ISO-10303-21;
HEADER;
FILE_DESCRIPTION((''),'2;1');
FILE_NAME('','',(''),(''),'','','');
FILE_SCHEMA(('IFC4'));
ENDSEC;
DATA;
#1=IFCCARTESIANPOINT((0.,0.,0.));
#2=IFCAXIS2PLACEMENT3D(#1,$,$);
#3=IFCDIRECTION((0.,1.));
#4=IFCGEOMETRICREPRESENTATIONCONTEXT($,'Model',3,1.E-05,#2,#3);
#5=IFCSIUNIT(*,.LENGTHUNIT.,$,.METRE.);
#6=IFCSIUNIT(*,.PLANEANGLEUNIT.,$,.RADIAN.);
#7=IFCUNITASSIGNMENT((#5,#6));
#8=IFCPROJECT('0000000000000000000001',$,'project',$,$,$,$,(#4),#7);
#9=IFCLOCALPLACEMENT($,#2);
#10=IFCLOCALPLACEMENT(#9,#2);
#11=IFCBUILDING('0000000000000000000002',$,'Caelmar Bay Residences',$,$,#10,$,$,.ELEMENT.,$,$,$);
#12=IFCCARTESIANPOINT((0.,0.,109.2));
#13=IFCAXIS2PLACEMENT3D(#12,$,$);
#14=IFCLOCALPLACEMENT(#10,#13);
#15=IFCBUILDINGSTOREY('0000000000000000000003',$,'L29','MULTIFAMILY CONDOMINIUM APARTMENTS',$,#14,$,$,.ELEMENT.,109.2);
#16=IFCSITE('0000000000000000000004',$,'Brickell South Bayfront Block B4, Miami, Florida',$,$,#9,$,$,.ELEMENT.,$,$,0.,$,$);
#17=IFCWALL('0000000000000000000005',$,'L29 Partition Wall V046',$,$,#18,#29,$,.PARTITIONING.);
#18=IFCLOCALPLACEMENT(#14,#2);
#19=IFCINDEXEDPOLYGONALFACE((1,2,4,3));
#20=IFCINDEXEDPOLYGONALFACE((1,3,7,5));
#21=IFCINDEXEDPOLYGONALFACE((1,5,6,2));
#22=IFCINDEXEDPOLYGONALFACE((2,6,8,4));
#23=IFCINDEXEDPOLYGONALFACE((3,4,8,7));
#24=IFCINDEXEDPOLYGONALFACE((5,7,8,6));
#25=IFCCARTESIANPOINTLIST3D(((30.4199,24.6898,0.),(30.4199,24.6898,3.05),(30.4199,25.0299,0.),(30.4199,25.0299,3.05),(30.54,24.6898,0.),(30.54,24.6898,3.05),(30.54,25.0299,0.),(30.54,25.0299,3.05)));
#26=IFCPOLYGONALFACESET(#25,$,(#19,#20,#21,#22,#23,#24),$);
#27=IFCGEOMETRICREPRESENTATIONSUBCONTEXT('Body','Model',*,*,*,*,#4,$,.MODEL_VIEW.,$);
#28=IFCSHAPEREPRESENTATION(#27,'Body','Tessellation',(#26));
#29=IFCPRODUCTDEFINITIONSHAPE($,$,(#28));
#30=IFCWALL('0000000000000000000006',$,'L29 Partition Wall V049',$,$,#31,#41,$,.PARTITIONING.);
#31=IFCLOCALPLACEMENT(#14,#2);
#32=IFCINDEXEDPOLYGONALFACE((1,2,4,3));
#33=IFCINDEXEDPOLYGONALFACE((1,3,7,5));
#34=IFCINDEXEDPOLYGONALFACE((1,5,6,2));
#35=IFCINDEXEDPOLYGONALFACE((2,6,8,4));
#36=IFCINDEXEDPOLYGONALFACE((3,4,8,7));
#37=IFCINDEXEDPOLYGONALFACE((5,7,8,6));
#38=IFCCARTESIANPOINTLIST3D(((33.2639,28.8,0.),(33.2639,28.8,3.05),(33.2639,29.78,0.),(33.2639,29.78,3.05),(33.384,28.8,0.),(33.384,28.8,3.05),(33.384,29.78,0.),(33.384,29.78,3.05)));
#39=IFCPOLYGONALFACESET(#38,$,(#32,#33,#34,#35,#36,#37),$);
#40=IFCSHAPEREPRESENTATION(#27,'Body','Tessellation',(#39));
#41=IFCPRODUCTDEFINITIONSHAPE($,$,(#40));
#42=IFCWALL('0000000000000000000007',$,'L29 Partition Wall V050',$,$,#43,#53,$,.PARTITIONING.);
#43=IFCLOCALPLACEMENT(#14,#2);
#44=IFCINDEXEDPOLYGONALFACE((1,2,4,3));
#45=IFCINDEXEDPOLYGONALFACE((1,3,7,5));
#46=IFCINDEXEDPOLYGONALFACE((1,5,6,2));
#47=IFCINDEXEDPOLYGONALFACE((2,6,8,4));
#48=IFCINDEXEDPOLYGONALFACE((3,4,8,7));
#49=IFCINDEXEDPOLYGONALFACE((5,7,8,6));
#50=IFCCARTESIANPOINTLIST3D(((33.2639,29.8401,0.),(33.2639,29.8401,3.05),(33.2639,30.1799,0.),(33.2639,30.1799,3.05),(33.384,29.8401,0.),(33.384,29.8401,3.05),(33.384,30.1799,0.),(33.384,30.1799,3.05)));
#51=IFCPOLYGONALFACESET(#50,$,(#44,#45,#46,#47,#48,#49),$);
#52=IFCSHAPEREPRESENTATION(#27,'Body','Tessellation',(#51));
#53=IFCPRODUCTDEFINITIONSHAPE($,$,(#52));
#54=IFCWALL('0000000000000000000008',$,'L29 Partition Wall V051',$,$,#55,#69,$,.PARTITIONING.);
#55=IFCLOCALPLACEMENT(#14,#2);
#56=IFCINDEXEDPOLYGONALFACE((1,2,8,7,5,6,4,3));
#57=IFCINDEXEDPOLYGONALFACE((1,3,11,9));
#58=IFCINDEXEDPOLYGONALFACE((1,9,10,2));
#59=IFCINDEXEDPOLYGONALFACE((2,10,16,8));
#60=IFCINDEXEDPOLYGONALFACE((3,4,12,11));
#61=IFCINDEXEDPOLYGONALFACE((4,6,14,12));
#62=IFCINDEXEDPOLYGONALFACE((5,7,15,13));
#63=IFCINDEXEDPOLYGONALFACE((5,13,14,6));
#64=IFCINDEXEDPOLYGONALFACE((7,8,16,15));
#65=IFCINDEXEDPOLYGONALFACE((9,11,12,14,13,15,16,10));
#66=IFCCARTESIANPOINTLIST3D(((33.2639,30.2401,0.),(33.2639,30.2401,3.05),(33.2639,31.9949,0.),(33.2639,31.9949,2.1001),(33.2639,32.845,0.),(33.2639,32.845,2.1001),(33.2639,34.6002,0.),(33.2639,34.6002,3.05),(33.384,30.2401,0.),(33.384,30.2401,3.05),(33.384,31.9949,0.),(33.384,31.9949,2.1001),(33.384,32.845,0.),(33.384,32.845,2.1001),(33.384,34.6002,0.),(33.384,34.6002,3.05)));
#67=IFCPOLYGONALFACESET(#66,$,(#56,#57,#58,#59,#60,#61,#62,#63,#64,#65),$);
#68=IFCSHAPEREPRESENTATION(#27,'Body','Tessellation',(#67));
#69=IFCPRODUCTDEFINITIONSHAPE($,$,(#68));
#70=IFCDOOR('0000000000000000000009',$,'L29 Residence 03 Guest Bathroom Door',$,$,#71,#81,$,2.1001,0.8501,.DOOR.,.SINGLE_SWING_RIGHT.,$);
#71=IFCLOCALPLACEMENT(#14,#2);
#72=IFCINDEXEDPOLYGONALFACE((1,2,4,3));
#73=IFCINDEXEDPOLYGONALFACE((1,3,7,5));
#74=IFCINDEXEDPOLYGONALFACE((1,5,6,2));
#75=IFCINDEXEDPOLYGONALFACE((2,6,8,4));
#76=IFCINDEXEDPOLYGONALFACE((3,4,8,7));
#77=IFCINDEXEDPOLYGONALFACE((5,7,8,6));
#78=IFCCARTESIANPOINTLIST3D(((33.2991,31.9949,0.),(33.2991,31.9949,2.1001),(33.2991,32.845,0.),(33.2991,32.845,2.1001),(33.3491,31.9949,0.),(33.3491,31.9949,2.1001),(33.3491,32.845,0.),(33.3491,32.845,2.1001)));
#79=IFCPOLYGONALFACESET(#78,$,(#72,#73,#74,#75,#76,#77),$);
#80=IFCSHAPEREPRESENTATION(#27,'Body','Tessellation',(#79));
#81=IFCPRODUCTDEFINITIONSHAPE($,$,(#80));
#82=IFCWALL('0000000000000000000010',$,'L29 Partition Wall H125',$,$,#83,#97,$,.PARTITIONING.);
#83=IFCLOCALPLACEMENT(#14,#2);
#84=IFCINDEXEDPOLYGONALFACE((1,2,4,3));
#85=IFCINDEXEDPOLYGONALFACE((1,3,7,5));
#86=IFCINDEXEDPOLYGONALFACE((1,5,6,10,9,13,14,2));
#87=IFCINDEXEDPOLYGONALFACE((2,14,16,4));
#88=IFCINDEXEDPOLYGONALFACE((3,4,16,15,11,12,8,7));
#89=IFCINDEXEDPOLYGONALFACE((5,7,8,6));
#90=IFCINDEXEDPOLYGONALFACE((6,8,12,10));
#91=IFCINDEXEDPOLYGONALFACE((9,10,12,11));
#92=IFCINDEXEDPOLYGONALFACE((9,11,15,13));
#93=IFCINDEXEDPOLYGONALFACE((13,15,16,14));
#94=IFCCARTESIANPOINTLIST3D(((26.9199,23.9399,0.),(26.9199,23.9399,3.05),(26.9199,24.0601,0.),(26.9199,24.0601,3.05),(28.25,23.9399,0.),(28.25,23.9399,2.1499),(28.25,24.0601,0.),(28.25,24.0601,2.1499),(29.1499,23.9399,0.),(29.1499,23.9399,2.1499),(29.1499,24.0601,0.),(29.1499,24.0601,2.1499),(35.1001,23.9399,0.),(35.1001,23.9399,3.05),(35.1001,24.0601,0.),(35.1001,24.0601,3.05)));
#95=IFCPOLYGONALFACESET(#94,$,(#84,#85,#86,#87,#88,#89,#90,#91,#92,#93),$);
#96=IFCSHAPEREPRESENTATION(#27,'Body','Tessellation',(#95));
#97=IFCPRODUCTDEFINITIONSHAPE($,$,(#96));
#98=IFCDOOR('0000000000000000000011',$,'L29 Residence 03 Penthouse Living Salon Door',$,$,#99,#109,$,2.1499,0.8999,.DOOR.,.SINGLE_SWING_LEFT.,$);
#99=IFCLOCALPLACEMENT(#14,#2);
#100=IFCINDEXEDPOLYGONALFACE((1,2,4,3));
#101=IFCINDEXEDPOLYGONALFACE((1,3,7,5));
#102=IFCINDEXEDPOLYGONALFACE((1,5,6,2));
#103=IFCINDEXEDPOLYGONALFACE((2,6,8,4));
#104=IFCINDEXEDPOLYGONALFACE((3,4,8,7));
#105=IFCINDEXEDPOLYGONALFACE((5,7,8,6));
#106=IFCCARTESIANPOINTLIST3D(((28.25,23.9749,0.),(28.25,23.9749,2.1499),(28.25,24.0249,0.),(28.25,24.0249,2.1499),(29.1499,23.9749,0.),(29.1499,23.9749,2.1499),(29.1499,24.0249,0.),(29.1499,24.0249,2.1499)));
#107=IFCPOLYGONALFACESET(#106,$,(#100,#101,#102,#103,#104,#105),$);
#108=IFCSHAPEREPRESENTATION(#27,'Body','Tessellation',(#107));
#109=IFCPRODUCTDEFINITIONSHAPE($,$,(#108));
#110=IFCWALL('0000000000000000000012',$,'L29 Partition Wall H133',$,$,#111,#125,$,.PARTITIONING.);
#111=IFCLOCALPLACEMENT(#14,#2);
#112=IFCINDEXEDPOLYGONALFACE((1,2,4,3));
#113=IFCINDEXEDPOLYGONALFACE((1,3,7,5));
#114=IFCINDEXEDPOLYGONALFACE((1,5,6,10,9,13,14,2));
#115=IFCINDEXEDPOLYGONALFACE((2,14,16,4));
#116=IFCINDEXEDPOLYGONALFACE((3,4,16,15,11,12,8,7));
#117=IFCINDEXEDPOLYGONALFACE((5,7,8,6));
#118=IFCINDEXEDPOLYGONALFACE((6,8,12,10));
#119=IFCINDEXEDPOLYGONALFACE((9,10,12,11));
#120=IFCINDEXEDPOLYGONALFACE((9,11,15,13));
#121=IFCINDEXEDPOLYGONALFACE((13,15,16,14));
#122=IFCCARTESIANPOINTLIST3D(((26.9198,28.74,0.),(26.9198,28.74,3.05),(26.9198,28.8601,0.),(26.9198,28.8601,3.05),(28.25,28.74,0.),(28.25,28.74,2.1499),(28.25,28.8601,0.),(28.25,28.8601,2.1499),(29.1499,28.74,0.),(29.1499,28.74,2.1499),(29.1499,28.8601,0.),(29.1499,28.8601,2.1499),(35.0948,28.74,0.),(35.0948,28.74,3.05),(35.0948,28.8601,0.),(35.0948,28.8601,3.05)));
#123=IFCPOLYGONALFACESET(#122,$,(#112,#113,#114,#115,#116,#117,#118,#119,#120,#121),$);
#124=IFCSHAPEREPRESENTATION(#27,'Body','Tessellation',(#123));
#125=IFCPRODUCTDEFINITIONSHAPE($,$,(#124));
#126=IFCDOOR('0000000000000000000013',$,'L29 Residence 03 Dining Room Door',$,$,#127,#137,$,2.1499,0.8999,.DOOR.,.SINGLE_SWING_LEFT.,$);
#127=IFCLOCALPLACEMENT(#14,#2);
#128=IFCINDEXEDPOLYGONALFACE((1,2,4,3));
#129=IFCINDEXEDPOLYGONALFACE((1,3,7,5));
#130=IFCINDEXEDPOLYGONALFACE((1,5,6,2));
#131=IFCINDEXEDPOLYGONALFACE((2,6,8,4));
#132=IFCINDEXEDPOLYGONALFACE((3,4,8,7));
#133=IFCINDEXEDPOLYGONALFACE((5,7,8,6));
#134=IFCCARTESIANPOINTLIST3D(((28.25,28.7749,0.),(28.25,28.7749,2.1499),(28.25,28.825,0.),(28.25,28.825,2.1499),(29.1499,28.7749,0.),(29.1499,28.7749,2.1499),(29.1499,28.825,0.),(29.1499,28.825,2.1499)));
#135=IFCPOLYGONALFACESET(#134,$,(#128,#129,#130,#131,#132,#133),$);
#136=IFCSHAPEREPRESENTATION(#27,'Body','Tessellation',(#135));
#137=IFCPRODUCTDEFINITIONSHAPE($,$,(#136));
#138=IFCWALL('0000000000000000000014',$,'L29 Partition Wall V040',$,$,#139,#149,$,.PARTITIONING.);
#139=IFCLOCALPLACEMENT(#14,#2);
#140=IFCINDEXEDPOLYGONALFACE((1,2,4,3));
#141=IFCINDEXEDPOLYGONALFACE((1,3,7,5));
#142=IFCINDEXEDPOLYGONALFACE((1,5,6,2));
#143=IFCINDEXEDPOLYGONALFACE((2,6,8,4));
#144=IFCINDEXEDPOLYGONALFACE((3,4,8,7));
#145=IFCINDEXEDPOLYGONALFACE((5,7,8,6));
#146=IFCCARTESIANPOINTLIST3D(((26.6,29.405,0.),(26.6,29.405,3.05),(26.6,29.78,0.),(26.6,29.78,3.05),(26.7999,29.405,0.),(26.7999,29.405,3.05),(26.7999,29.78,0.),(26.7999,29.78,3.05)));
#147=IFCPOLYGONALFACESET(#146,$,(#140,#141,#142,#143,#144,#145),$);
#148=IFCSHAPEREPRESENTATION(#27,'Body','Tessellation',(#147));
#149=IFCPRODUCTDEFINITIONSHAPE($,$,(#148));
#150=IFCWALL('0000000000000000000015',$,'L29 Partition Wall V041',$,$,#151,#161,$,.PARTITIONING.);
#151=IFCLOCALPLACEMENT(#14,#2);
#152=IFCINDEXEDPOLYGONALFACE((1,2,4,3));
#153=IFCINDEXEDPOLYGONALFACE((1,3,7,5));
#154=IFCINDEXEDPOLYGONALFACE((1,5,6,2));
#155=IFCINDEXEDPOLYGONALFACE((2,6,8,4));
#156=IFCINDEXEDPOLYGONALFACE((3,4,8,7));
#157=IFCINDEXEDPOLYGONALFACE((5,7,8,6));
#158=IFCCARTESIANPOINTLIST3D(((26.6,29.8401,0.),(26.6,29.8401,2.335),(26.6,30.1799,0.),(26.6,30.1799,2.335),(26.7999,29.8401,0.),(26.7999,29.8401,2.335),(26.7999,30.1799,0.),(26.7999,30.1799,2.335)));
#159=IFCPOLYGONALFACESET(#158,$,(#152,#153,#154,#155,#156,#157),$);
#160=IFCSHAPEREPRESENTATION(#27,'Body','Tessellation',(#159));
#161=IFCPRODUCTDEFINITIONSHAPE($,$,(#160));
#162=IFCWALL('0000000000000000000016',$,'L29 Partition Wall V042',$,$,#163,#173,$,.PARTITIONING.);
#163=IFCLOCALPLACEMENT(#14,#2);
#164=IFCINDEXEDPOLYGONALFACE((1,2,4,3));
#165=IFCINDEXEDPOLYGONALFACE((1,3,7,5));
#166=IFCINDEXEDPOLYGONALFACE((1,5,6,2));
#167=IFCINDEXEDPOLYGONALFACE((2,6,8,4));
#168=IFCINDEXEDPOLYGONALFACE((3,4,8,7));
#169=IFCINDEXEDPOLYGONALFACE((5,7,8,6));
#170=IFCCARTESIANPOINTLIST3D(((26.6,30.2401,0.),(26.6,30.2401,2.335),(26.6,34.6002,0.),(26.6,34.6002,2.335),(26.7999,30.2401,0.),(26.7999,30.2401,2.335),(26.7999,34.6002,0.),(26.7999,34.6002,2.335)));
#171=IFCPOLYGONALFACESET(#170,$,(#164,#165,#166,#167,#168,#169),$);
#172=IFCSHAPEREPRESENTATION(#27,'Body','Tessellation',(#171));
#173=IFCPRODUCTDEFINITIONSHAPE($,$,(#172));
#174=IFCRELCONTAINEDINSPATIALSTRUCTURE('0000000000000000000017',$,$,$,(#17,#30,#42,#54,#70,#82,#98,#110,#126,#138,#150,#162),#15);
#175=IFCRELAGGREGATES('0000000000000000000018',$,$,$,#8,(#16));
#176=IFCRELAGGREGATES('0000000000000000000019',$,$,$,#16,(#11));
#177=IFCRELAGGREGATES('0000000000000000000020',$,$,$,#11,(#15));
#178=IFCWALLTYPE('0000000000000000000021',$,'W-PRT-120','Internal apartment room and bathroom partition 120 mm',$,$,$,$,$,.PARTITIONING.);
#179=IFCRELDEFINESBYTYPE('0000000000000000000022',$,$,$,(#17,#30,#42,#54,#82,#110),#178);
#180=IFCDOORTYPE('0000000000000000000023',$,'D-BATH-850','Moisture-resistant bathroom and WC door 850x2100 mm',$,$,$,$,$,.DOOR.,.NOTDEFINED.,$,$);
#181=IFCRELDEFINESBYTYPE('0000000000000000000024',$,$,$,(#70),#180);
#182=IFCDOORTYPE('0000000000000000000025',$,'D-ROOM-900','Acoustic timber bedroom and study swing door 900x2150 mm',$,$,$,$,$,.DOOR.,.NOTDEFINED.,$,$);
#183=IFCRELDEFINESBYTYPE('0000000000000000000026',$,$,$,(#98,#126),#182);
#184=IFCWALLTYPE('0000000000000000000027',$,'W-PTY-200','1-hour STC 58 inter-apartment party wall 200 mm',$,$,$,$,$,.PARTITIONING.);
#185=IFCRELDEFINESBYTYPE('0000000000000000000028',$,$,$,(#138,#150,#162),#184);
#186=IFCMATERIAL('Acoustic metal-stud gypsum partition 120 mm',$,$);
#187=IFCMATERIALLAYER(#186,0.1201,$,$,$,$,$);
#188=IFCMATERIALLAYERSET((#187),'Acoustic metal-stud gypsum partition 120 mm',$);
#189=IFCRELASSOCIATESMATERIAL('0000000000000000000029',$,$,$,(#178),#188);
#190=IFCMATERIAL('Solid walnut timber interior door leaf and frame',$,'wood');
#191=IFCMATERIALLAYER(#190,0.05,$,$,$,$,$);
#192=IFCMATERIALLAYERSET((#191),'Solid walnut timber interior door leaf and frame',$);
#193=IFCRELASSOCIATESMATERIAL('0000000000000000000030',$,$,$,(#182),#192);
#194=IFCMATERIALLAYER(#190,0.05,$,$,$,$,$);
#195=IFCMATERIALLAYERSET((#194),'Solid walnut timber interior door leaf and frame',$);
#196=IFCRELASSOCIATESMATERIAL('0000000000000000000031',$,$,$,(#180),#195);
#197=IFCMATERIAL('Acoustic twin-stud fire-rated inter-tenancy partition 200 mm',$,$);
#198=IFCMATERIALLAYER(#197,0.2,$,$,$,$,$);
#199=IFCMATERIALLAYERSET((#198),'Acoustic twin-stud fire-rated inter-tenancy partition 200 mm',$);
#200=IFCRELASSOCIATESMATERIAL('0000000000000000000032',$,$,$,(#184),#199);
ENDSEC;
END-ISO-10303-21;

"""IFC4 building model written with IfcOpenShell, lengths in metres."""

from ifc_helpers import new_model, si_unit, direction, frame, frame_2d, origin, place, context, subcontext, project, spatial, rectangle, extrude, material, layer, layer_set, type_object, element, fill, save


model = new_model("IFC4")

# Units and contexts
model_context = context("Model", 3, precision=1e-05, world=origin(), true_north=direction((0.0, 1.0)))
body_context = subcontext(model_context, "Body", "Model", "MODEL_VIEW")
ifc_project = project(units=[si_unit("LENGTHUNIT", "METRE"), si_unit("PLANEANGLEUNIT", "RADIAN")], contexts=[model_context])

# Site, building, storey
site_placement = place(None, origin())
site = spatial("IfcSite", under=ifc_project, at=site_placement, Name="Brickell South Bayfront Block B4, Miami, Florida", CompositionType="ELEMENT", RefElevation=0.0)
building_placement = place(site_placement, origin())
building = spatial("IfcBuilding", under=site, at=building_placement, Name="Caelmar Bay Residences", CompositionType="ELEMENT")
storey_placement = place(building_placement, frame((0.0, 0.0, 109.2)))
storey = spatial("IfcBuildingStorey", under=building, at=storey_placement, Name="L29", Description="MULTIFAMILY CONDOMINIUM APARTMENTS", CompositionType="ELEMENT", Elevation=109.2)

# Wall
ifc_material_1 = material(Name="Acoustic metal-stud gypsum partition 120 mm")
ifc_layer_1 = layer(ifc_material_1, 0.1201)
ifc_layer_set_1 = layer_set([ifc_layer_1], Name="Acoustic metal-stud gypsum partition 120 mm")
wall_type_1 = type_object("IfcWallType", Name="W-PRT-120", Description="Internal apartment room and bathroom partition 120 mm", PredefinedType="PARTITIONING", material=ifc_layer_set_1)
wall_1_placement = place(storey_placement, frame((30.48, 24.6899, 0.0), z_axis=(0.0, 0.0, 1.0), x_axis=(0.0, 1.0, 0.0)))
element("IfcWall", 1, at=wall_1_placement, inside=storey, type_object=wall_type_1, Name="L29 Partition Wall V046", PredefinedType="PARTITIONING", context=body_context, shape_type="SweptSolid", body=[
    extrude(rectangle(XDim=0.3401, YDim=0.1201, at=frame_2d((0.1699, 0.0))), origin(), (0.0, 0.0, 1.0), 3.05),
])

# Shared definitions
ifc_material_2 = material(Name="Solid walnut timber interior door leaf and frame", Category="wood")
ifc_layer_2 = layer(ifc_material_2, 0.05)
ifc_layer_set_2 = layer_set([ifc_layer_2], Name="Solid walnut timber interior door leaf and frame")
door_type_1 = type_object("IfcDoorType", Name="D-ROOM-900", Description="Acoustic timber bedroom and study swing door 900x2150 mm", OperationType="NOTDEFINED", PredefinedType="DOOR", material=ifc_layer_set_2)

# Walls
wall_2_placement = place(storey_placement, frame((33.324, 28.8, 0.0), z_axis=(0.0, 0.0, 1.0), x_axis=(0.0, 1.0, 0.0)))
element("IfcWall", 2, at=wall_2_placement, inside=storey, type_object=wall_type_1, Name="L29 Partition Wall V049", PredefinedType="PARTITIONING", context=body_context, shape_type="SweptSolid", body=[
    extrude(rectangle(XDim=0.98, YDim=0.1201, at=frame_2d((0.49, 0.0))), origin(), (0.0, 0.0, 1.0), 3.05),
])
wall_3_placement = place(storey_placement, frame((33.324, 29.8401, 0.0), z_axis=(0.0, 0.0, 1.0), x_axis=(0.0, 1.0, 0.0)))
element("IfcWall", 3, at=wall_3_placement, inside=storey, type_object=wall_type_1, Name="L29 Partition Wall V050", PredefinedType="PARTITIONING", context=body_context, shape_type="SweptSolid", body=[
    extrude(rectangle(XDim=0.3398, YDim=0.1201, at=frame_2d((0.1699, 0.0))), origin(), (0.0, 0.0, 1.0), 3.05),
])

# Walls, openings, doors
wall_4_placement = place(storey_placement, frame((33.324, 30.24, 0.0), z_axis=(0.0, 0.0, 1.0), x_axis=(0.0, 1.0, 0.0)))
wall_4 = element("IfcWall", 4, at=wall_4_placement, inside=storey, type_object=wall_type_1, Name="L29 Partition Wall V051", PredefinedType="PARTITIONING", context=body_context, shape_type="SweptSolid", body=[
    extrude(rectangle(XDim=4.3601, YDim=0.1201, at=frame_2d((2.1802, 0.0))), origin(), (0.0, 0.0, 1.0), 3.05),
])
opening_1_placement = place(wall_4_placement, frame((1.7549, 0.0, 0.0)))
opening_1 = element("IfcOpeningElement", 5, at=opening_1_placement, cuts=wall_4, PredefinedType="OPENING", context=body_context, shape_type="SweptSolid", body=[
    extrude(rectangle(XDim=0.8501, YDim=2.1001, at=frame_2d((0.425, 1.05))), frame((0.0, 0.0701, 0.0), z_axis=(0.0, -1.0, 0.0), x_axis=(1.0, 0.0, 0.0)), (0.0, 0.0, 1.0), 0.1401),
])
ifc_layer_3 = layer(ifc_material_2, 0.05)
ifc_layer_set_3 = layer_set([ifc_layer_3], Name="Solid walnut timber interior door leaf and frame")
door_type_2 = type_object("IfcDoorType", Name="D-BATH-850", Description="Moisture-resistant bathroom and WC door 850x2100 mm", OperationType="NOTDEFINED", PredefinedType="DOOR", material=ifc_layer_set_3)
door_1_placement = place(opening_1_placement, origin())
door_1 = element("IfcDoor", 6, at=door_1_placement, inside=storey, type_object=door_type_2, Name="L29 Residence 03 Guest Bathroom Door", OperationType="SINGLE_SWING_RIGHT", OverallHeight=2.1001, OverallWidth=0.8501, PredefinedType="DOOR", context=body_context, shape_type="SweptSolid", body=[
    extrude(rectangle(XDim=0.8501, YDim=2.1001, at=frame_2d((0.425, 1.05))), frame((0.0, 0.0249, 0.0), z_axis=(0.0, -1.0, 0.0), x_axis=(1.0, 0.0, 0.0)), (0.0, 0.0, 1.0), 0.05),
])
fill(opening_1, door_1)
wall_5_placement = place(storey_placement, frame((26.9199, 24.0, 0.0), z_axis=(0.0, 0.0, 1.0), x_axis=(1.0, 0.0, 0.0)))
wall_5 = element("IfcWall", 7, at=wall_5_placement, inside=storey, type_object=wall_type_1, Name="L29 Partition Wall H125", PredefinedType="PARTITIONING", context=body_context, shape_type="SweptSolid", body=[
    extrude(rectangle(XDim=8.1802, YDim=0.1201, at=frame_2d((4.0901, 0.0))), origin(), (0.0, 0.0, 1.0), 3.05),
])
opening_2_placement = place(wall_5_placement, frame((1.3301, 0.0, 0.0)))
opening_2 = element("IfcOpeningElement", 8, at=opening_2_placement, cuts=wall_5, PredefinedType="OPENING", context=body_context, shape_type="SweptSolid", body=[
    extrude(rectangle(XDim=0.8999, YDim=2.1499, at=frame_2d((0.45, 1.075))), frame((0.0, 0.0701, 0.0), z_axis=(0.0, -1.0, 0.0), x_axis=(1.0, 0.0, 0.0)), (0.0, 0.0, 1.0), 0.1401),
])
door_2_placement = place(opening_2_placement, origin())
door_2 = element("IfcDoor", 9, at=door_2_placement, inside=storey, type_object=door_type_1, Name="L29 Residence 03 Penthouse Living Salon Door", OperationType="SINGLE_SWING_LEFT", OverallHeight=2.1499, OverallWidth=0.8999, PredefinedType="DOOR", context=body_context, shape_type="SweptSolid", body=[
    extrude(rectangle(XDim=0.8999, YDim=2.1499, at=frame_2d((0.45, 1.075))), frame((0.0, 0.0249, 0.0), z_axis=(0.0, -1.0, 0.0), x_axis=(1.0, 0.0, 0.0)), (0.0, 0.0, 1.0), 0.05),
])
fill(opening_2, door_2)
wall_6_placement = place(storey_placement, frame((26.9199, 28.8, 0.0), z_axis=(0.0, 0.0, 1.0), x_axis=(1.0, 0.0, 0.0)))
wall_6 = element("IfcWall", 10, at=wall_6_placement, inside=storey, type_object=wall_type_1, Name="L29 Partition Wall H133", PredefinedType="PARTITIONING", context=body_context, shape_type="SweptSolid", body=[
    extrude(rectangle(XDim=8.175, YDim=0.1201, at=frame_2d((4.0874, 0.0))), origin(), (0.0, 0.0, 1.0), 3.05),
])
opening_3_placement = place(wall_6_placement, frame((1.3301, 0.0, 0.0)))
opening_3 = element("IfcOpeningElement", 11, at=opening_3_placement, cuts=wall_6, PredefinedType="OPENING", context=body_context, shape_type="SweptSolid", body=[
    extrude(rectangle(XDim=0.8999, YDim=2.1499, at=frame_2d((0.45, 1.075))), frame((0.0, 0.0701, 0.0), z_axis=(0.0, -1.0, 0.0), x_axis=(1.0, 0.0, 0.0)), (0.0, 0.0, 1.0), 0.1401),
])
door_3_placement = place(opening_3_placement, origin())
door_3 = element("IfcDoor", 12, at=door_3_placement, inside=storey, type_object=door_type_1, Name="L29 Residence 03 Dining Room Door", OperationType="SINGLE_SWING_LEFT", OverallHeight=2.1499, OverallWidth=0.8999, PredefinedType="DOOR", context=body_context, shape_type="SweptSolid", body=[
    extrude(rectangle(XDim=0.8999, YDim=2.1499, at=frame_2d((0.45, 1.075))), frame((0.0, 0.0249, 0.0), z_axis=(0.0, -1.0, 0.0), x_axis=(1.0, 0.0, 0.0)), (0.0, 0.0, 1.0), 0.05),
])
fill(opening_3, door_3)

# Walls
ifc_material_3 = material(Name="Acoustic twin-stud fire-rated inter-tenancy partition 200 mm")
ifc_layer_4 = layer(ifc_material_3, 0.2)
ifc_layer_set_4 = layer_set([ifc_layer_4], Name="Acoustic twin-stud fire-rated inter-tenancy partition 200 mm")
wall_type_2 = type_object("IfcWallType", Name="W-PTY-200", Description="1-hour STC 58 inter-apartment party wall 200 mm", PredefinedType="PARTITIONING", material=ifc_layer_set_4)
wall_7_placement = place(storey_placement, frame((26.7, 29.405, 0.0), z_axis=(0.0, 0.0, 1.0), x_axis=(0.0, 1.0, 0.0)))
element("IfcWall", 13, at=wall_7_placement, inside=storey, type_object=wall_type_2, Name="L29 Partition Wall V040", PredefinedType="PARTITIONING", context=body_context, shape_type="SweptSolid", body=[
    extrude(rectangle(XDim=0.375, YDim=0.2, at=frame_2d((0.1875, 0.0))), origin(), (0.0, 0.0, 1.0), 3.05),
])
wall_8_placement = place(storey_placement, frame((26.7, 29.8401, 0.0), z_axis=(0.0, 0.0, 1.0), x_axis=(0.0, 1.0, 0.0)))
element("IfcWall", 14, at=wall_8_placement, inside=storey, type_object=wall_type_2, Name="L29 Partition Wall V041", PredefinedType="PARTITIONING", context=body_context, shape_type="SweptSolid", body=[
    extrude(rectangle(XDim=0.3398, YDim=0.2, at=frame_2d((0.1699, 0.0))), origin(), (0.0, 0.0, 1.0), 2.335),
])
wall_9_placement = place(storey_placement, frame((26.7, 30.24, 0.0), z_axis=(0.0, 0.0, 1.0), x_axis=(0.0, 1.0, 0.0)))
element("IfcWall", 15, at=wall_9_placement, inside=storey, type_object=wall_type_2, Name="L29 Partition Wall V042", PredefinedType="PARTITIONING", context=body_context, shape_type="SweptSolid", body=[
    extrude(rectangle(XDim=4.3601, YDim=0.2, at=frame_2d((2.1802, 0.0))), origin(), (0.0, 0.0, 1.0), 2.335),
])

save(model, "model.ifc")
